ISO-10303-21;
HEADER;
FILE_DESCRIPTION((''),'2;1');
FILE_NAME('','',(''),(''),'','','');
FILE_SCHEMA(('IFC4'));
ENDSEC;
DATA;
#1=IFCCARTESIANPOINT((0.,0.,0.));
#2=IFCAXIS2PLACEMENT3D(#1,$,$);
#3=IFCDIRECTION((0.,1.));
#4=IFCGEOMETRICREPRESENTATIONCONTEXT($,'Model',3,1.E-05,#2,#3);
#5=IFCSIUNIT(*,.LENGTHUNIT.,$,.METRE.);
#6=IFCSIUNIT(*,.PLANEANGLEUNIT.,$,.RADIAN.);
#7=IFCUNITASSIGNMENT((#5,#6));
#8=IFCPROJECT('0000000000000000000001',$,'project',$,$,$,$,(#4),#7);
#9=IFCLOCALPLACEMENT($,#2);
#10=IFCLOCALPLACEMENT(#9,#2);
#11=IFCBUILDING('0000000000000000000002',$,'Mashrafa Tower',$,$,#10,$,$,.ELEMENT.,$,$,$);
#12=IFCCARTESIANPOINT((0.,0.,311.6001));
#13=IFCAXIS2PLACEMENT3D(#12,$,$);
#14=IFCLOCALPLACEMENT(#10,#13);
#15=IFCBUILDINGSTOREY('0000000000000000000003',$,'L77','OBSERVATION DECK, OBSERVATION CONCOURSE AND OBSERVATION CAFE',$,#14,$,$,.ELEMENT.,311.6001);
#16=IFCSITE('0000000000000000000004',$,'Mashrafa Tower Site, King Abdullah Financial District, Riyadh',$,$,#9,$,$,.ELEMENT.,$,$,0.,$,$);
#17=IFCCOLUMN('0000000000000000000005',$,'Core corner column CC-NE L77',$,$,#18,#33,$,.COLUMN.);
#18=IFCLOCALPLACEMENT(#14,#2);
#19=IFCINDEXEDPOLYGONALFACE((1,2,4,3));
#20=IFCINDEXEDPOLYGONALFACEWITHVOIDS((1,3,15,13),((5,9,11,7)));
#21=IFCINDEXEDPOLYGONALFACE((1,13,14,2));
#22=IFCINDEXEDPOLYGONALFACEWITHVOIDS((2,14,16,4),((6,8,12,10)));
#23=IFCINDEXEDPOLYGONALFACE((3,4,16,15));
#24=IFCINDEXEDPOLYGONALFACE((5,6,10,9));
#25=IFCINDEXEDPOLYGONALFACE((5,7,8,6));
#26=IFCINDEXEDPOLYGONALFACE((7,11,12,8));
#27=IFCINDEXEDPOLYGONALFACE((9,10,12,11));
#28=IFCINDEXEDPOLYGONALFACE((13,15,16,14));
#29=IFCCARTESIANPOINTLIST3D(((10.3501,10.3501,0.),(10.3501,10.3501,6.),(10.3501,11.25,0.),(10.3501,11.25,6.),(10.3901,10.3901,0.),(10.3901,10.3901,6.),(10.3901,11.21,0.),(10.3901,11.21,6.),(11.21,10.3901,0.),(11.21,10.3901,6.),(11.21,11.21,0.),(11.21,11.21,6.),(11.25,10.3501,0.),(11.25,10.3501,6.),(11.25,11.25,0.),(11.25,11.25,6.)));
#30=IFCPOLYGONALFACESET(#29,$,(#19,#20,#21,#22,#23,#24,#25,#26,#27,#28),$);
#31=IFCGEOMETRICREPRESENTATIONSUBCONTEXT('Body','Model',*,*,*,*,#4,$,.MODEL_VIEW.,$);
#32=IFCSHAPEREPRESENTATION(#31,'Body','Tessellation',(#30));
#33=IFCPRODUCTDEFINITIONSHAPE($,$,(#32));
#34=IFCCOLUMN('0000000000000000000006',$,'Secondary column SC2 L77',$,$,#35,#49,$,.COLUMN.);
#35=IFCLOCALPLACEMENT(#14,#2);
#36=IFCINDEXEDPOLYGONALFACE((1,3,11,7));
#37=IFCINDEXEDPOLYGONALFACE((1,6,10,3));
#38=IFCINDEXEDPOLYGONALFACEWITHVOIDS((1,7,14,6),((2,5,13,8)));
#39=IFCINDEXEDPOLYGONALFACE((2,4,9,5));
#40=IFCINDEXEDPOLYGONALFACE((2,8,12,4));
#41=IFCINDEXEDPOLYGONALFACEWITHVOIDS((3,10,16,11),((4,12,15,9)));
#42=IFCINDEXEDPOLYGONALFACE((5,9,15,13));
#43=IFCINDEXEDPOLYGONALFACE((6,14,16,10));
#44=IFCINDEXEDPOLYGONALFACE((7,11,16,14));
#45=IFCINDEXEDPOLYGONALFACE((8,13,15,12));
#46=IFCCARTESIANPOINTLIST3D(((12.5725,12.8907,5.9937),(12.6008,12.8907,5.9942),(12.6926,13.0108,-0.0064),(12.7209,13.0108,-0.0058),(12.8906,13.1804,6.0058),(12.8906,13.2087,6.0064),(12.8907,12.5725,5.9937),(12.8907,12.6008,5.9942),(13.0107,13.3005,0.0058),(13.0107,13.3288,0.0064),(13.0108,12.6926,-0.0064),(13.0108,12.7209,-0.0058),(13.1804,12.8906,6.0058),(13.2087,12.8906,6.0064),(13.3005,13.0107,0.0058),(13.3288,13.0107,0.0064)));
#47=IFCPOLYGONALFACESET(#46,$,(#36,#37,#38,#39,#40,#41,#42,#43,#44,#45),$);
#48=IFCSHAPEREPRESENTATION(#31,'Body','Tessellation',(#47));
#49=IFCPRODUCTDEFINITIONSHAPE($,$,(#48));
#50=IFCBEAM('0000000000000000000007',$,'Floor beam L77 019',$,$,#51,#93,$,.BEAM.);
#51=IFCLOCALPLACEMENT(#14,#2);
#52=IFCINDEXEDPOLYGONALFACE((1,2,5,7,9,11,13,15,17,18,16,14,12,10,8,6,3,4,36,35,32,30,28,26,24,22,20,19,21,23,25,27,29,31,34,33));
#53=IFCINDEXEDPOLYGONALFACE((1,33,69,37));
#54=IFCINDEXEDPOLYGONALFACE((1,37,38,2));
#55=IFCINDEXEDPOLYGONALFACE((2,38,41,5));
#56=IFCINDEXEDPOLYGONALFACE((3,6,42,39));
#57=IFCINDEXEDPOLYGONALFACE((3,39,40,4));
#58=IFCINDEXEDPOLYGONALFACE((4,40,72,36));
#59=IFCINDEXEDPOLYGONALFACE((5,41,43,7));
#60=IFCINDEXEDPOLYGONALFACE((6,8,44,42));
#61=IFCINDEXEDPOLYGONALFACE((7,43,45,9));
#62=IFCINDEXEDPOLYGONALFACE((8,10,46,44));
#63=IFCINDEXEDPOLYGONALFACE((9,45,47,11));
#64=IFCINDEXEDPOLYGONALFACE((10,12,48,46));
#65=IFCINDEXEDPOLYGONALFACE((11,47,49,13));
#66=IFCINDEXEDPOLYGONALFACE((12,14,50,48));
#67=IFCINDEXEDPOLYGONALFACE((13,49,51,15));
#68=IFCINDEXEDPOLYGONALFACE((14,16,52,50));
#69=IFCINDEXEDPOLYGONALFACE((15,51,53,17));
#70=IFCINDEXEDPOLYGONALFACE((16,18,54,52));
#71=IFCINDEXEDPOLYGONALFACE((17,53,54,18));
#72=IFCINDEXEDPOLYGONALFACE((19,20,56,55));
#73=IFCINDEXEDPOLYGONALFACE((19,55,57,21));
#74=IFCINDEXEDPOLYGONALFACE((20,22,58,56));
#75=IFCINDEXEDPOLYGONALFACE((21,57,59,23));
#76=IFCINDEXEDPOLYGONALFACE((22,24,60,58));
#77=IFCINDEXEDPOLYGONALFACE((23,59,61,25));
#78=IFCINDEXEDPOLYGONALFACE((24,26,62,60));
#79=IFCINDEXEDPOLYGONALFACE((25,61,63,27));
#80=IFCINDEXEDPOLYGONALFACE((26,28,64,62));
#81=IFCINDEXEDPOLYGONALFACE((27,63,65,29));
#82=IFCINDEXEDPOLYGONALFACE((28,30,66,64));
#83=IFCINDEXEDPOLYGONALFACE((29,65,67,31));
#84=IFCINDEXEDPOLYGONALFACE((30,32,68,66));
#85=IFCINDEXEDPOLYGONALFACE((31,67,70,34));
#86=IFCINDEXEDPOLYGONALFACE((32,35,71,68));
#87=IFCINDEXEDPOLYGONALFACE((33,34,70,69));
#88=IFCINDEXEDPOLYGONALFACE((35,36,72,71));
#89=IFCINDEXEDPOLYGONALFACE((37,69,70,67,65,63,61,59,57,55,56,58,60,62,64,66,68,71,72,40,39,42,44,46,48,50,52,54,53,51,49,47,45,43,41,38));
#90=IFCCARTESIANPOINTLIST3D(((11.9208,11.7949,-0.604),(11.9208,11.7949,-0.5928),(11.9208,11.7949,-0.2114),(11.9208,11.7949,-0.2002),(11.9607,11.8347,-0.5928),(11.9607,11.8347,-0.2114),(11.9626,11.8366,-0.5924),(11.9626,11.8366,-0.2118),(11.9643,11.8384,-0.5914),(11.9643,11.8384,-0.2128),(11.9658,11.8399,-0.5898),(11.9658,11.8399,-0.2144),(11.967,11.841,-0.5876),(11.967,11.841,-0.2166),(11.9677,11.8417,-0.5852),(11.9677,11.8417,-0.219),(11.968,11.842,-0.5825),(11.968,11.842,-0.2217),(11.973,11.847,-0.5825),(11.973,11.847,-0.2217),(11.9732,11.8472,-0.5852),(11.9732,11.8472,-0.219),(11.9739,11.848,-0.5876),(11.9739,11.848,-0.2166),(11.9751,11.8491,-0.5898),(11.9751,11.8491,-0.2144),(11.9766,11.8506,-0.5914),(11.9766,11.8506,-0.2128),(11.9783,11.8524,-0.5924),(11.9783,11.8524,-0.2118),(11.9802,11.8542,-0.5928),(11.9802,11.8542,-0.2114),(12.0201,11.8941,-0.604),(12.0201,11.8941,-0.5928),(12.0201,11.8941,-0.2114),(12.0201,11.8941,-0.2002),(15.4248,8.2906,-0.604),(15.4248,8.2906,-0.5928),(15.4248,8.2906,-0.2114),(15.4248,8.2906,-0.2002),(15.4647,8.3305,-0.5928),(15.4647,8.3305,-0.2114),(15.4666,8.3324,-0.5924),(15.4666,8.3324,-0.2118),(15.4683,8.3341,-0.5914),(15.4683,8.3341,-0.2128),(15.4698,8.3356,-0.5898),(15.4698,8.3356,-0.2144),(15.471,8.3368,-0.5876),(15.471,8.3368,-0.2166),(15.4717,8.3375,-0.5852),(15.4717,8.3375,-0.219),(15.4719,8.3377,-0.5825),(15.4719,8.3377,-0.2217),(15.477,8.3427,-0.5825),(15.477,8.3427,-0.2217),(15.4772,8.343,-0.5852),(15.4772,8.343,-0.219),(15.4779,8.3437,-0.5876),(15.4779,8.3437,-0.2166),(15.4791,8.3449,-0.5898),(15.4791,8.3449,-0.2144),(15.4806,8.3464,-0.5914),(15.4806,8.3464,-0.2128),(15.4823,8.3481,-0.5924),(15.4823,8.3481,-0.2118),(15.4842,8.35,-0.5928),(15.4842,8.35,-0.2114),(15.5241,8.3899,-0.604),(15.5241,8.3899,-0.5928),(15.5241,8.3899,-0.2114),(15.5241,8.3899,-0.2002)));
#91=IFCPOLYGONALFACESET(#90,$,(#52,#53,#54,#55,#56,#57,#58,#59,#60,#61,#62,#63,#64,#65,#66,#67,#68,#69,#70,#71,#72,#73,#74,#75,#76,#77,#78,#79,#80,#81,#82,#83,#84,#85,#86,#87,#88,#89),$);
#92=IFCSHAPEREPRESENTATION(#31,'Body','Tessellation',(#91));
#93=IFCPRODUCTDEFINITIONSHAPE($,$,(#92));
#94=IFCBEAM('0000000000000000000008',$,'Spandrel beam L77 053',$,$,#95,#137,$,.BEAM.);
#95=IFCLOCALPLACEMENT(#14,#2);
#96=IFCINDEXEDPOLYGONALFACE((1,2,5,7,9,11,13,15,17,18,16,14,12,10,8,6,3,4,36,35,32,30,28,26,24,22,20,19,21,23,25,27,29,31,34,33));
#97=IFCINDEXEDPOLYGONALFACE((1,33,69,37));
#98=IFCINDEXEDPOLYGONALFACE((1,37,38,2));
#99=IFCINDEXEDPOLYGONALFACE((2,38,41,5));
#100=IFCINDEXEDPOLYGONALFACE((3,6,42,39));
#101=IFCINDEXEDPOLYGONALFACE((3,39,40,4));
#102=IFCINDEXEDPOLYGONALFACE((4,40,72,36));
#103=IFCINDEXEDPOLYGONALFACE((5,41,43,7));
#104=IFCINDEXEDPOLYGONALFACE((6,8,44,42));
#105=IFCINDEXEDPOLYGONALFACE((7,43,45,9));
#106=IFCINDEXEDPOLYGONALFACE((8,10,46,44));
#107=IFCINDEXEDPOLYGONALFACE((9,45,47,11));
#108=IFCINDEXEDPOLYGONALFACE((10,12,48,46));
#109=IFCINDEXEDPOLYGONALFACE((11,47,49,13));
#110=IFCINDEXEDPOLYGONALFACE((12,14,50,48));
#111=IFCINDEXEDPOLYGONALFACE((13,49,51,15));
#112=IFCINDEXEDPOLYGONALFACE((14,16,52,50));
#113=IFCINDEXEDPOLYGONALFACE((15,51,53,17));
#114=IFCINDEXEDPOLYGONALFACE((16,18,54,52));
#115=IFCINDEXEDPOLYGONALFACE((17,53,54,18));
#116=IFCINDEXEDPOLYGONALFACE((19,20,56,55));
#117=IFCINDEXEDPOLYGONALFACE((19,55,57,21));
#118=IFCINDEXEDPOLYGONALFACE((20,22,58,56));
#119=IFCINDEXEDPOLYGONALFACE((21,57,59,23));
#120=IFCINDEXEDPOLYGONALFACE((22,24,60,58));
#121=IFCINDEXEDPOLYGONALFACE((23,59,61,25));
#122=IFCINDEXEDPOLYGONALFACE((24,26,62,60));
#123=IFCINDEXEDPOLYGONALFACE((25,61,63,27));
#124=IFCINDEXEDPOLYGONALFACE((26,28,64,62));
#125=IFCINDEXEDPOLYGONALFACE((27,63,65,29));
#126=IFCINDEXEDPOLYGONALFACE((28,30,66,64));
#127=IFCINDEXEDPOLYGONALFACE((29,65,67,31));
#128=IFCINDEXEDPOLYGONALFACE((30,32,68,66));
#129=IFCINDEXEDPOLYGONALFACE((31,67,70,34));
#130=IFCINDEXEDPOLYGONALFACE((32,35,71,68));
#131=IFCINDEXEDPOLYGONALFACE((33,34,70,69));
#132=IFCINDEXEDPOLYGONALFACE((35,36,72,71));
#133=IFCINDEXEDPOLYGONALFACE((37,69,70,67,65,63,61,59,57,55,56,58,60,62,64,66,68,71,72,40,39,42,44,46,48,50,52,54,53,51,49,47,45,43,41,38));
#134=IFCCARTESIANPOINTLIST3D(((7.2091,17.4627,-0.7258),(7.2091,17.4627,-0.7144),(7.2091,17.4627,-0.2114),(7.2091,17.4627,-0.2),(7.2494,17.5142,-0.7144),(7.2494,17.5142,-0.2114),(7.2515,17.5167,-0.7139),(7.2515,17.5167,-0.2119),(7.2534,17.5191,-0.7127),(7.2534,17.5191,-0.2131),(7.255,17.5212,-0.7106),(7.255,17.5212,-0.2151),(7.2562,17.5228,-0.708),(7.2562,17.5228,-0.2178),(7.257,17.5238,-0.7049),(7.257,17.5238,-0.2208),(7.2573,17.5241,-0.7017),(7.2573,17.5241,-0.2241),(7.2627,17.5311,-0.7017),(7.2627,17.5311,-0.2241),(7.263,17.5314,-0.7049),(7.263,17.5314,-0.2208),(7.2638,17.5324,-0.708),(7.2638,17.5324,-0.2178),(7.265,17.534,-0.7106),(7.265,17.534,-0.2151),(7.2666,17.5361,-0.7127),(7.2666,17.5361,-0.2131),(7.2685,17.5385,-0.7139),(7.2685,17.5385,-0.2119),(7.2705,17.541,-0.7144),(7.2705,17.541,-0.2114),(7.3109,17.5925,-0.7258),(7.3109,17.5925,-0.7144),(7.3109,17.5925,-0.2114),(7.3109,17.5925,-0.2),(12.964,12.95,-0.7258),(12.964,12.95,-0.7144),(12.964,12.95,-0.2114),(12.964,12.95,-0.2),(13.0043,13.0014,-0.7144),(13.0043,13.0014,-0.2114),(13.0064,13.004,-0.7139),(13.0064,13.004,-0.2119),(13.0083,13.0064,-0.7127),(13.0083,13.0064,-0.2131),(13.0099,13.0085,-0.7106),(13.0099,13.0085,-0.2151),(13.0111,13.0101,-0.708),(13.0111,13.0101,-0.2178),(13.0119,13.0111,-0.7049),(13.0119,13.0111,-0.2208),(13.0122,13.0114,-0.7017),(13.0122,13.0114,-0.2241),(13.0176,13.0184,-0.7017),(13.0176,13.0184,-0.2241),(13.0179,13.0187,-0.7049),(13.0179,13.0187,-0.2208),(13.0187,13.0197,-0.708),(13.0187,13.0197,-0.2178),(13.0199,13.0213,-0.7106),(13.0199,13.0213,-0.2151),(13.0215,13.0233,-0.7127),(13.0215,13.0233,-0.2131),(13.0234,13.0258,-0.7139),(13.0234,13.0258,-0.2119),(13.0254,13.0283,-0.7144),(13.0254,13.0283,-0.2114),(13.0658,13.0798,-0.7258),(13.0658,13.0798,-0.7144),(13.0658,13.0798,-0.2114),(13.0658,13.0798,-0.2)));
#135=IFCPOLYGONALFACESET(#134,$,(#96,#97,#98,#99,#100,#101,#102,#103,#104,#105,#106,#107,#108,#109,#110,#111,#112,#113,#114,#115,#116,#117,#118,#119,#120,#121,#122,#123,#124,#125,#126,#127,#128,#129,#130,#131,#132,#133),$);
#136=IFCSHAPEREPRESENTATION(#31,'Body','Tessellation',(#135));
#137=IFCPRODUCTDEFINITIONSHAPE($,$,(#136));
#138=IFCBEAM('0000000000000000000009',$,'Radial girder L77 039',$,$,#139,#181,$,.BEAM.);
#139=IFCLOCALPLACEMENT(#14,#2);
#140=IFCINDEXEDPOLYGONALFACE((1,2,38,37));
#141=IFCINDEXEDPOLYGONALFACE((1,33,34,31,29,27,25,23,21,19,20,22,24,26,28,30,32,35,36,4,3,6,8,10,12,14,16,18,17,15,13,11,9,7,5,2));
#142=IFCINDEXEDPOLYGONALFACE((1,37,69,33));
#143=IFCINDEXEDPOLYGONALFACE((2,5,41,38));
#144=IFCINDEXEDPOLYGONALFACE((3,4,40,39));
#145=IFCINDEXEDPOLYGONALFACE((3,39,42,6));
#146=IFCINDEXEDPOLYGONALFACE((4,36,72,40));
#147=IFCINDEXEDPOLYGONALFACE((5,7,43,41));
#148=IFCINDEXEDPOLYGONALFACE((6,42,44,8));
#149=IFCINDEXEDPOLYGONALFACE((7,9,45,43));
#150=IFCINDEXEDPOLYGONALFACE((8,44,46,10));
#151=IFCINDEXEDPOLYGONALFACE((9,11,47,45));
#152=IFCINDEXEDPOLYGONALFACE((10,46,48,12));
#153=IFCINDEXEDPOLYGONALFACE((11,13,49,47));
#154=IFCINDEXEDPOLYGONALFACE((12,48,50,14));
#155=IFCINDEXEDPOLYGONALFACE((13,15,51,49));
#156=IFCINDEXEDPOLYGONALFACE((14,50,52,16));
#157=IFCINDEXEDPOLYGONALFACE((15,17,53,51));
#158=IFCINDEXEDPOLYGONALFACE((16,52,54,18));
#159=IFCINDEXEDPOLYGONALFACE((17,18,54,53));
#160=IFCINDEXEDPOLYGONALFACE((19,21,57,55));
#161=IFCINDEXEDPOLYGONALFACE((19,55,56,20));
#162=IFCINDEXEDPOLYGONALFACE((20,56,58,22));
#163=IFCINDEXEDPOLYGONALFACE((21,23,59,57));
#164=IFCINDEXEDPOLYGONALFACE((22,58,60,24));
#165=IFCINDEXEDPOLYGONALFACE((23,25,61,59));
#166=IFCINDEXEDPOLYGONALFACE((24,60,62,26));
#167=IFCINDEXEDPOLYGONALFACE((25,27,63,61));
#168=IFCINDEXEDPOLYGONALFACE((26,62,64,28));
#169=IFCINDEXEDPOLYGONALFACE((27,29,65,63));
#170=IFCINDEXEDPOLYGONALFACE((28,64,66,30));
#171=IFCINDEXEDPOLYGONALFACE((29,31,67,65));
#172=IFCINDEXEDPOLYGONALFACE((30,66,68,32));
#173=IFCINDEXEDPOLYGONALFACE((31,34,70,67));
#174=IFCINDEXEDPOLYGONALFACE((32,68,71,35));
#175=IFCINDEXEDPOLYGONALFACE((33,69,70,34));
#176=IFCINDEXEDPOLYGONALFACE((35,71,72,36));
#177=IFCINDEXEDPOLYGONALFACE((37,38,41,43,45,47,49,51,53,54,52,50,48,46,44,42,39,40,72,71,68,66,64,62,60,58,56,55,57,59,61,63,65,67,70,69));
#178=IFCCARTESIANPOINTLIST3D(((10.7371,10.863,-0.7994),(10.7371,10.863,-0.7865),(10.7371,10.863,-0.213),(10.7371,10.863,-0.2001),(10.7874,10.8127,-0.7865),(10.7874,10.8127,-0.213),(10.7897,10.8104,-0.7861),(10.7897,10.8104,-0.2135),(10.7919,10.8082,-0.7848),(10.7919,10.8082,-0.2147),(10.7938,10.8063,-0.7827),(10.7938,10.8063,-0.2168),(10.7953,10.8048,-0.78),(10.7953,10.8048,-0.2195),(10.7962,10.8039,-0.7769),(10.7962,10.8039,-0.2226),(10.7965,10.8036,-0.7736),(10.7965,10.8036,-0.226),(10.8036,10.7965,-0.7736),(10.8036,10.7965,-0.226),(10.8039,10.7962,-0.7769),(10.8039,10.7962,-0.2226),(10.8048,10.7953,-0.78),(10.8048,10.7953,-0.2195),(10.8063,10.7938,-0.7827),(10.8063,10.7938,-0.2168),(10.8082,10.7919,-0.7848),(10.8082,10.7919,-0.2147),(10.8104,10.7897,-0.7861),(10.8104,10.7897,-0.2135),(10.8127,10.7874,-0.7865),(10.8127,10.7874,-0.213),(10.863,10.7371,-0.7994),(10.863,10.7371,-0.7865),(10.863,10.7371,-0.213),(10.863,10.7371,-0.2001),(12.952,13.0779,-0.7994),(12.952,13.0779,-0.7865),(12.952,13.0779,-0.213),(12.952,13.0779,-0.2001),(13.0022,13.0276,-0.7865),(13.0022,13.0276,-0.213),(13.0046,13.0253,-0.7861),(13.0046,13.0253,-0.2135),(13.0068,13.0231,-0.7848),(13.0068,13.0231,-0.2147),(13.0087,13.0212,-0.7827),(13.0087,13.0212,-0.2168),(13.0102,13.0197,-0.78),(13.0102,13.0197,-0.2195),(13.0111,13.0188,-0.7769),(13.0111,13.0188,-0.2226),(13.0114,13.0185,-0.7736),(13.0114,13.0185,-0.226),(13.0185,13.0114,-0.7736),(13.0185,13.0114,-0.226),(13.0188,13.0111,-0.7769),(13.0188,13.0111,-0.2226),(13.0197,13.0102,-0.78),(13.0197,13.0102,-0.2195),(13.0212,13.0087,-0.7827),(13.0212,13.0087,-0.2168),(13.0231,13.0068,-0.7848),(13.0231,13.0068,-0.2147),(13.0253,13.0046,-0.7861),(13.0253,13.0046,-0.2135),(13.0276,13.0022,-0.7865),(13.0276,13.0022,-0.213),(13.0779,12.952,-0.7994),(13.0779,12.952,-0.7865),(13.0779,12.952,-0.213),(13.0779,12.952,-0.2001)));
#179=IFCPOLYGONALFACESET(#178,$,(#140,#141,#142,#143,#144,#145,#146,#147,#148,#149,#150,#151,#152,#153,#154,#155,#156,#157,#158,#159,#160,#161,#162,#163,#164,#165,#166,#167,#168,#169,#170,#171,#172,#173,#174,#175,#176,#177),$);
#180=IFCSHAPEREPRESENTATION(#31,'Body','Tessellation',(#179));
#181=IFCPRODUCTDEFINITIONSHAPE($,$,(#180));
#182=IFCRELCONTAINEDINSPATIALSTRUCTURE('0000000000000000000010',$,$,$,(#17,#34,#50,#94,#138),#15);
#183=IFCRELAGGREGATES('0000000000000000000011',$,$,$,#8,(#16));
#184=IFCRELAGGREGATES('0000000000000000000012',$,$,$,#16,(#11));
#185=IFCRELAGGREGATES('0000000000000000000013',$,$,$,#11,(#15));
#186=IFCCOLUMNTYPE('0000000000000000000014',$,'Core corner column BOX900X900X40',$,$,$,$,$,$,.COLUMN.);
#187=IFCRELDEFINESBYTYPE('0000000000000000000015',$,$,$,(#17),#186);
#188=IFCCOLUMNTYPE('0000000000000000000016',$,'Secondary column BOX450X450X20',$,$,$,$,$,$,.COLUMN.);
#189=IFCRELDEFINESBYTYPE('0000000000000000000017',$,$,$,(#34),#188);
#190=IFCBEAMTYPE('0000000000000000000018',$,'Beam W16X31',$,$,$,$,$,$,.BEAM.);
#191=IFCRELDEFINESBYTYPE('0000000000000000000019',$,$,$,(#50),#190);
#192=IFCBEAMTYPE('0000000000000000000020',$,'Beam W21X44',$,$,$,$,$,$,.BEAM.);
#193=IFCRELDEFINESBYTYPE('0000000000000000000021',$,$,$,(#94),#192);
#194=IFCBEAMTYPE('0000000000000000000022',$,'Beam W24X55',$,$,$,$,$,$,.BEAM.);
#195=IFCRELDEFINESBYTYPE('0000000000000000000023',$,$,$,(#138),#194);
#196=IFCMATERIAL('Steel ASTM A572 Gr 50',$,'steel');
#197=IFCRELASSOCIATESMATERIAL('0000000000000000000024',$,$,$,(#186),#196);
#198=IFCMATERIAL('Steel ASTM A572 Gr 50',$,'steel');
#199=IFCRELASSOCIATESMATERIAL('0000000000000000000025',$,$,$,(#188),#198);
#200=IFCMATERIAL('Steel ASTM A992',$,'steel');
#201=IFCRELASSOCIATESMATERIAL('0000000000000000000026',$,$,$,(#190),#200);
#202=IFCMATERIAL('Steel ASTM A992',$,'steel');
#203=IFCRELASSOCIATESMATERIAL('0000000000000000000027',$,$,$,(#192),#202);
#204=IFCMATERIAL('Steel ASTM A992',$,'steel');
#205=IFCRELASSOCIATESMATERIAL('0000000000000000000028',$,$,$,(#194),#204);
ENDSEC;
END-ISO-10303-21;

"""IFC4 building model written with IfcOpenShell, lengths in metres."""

from ifc_helpers import new_model, si_unit, direction, frame, origin, origin_2d, place, context, subcontext, project, spatial, hollow_rectangle, i_section, extrude, material, material_profile, profile_set, type_object, element, save


model = new_model("IFC4")

# Units and contexts
model_context = context("Model", 3, precision=1e-05, world=origin(), true_north=direction((0.0, 1.0)))
body_context = subcontext(model_context, "Body", "Model", "MODEL_VIEW")
ifc_project = project(units=[si_unit("LENGTHUNIT", "METRE"), si_unit("PLANEANGLEUNIT", "RADIAN")], contexts=[model_context])

# Site, building, storey
site_placement = place(None, origin())
site = spatial("IfcSite", under=ifc_project, at=site_placement, Name="Mashrafa Tower Site, King Abdullah Financial District, Riyadh", CompositionType="ELEMENT", RefElevation=0.0)
building_placement = place(site_placement, origin())
building = spatial("IfcBuilding", under=site, at=building_placement, Name="Mashrafa Tower", CompositionType="ELEMENT")
storey_placement = place(building_placement, frame((0.0, 0.0, 311.6001)))
storey = spatial("IfcBuildingStorey", under=building, at=storey_placement, Name="L77", Description="OBSERVATION DECK, OBSERVATION CONCOURSE AND OBSERVATION CAFE", CompositionType="ELEMENT", Elevation=311.6001)

# Columns
ifc_material_1 = material(Name="Steel ASTM A572 Gr 50", Category="steel")
ifc_material_profile_1 = material_profile(ifc_material_1, hollow_rectangle(XDim=0.8999, YDim=0.8999, WallThickness=0.04, at=origin_2d()), Name="BOX900X900X40")
ifc_profile_set_1 = profile_set([ifc_material_profile_1], Name="Steel ASTM A572 Gr 50")
column_type_1 = type_object("IfcColumnType", Name="Core corner column BOX900X900X40", PredefinedType="COLUMN", material=ifc_profile_set_1)
column_1_placement = place(storey_placement, frame((10.8, 10.8, 0.0), z_axis=(0.0, 0.0, 1.0), x_axis=(1.0, 0.0, 0.0)))
element("IfcColumn", 1, at=column_1_placement, inside=storey, type_object=column_type_1, Name="Core corner column CC-NE L77", PredefinedType="COLUMN", context=body_context, shape_type="SweptSolid", body=[
    extrude(hollow_rectangle(XDim=0.8999, YDim=0.8999, WallThickness=0.04, at=origin_2d()), origin(), (0.0, 0.0, 1.0), 6.0),
])
ifc_material_2 = material(Name="Steel ASTM A572 Gr 50", Category="steel")
ifc_material_profile_2 = material_profile(ifc_material_2, hollow_rectangle(XDim=0.45, YDim=0.45, WallThickness=0.02, at=origin_2d()), Name="BOX450X450X20")
ifc_profile_set_2 = profile_set([ifc_material_profile_2], Name="Steel ASTM A572 Gr 50")
column_type_2 = type_object("IfcColumnType", Name="Secondary column BOX450X450X20", PredefinedType="COLUMN", material=ifc_profile_set_2)
column_2_placement = place(storey_placement, frame((13.0107, 13.0107, 0.0), z_axis=(-0.020012, -0.020012, 0.999599), x_axis=(0.707107, -0.707107, 0.0)))
element("IfcColumn", 2, at=column_2_placement, inside=storey, type_object=column_type_2, Name="Secondary column SC2 L77", PredefinedType="COLUMN", context=body_context, shape_type="SweptSolid", body=[
    extrude(hollow_rectangle(XDim=0.45, YDim=0.45, WallThickness=0.02, at=origin_2d()), origin(), (0.0, 0.0, 1.0), 6.0024),
])

# Beams
ifc_material_3 = material(Name="Steel ASTM A992", Category="steel")
ifc_material_profile_3 = material_profile(ifc_material_3, i_section(OverallWidth=0.1404, OverallDepth=0.4038, WebThickness=0.0071, FlangeThickness=0.0112, FilletRadius=0.0103, at=origin_2d()), Name="W16X31")
ifc_profile_set_3 = profile_set([ifc_material_profile_3], Name="Steel ASTM A992")
beam_type_1 = type_object("IfcBeamType", Name="Beam W16X31", PredefinedType="BEAM", material=ifc_profile_set_3)
beam_1_placement = place(storey_placement, frame((11.9705, 11.8445, -0.4021), z_axis=(0.707082, -0.707131, 0.0), x_axis=(0.707131, 0.707082, 0.0)))
element("IfcBeam", 3, at=beam_1_placement, inside=storey, type_object=beam_type_1, Name="Floor beam L77 019", PredefinedType="BEAM", context=body_context, shape_type="SweptSolid", body=[
    extrude(i_section(OverallWidth=0.1404, OverallDepth=0.4038, WebThickness=0.0071, FlangeThickness=0.0112, FilletRadius=0.0103, at=origin_2d()), origin(), (0.0, 0.0, 1.0), 4.9556),
])
ifc_material_4 = material(Name="Steel ASTM A992", Category="steel")
ifc_material_profile_4 = material_profile(ifc_material_4, i_section(OverallWidth=0.165, OverallDepth=0.5259, WebThickness=0.0088, FlangeThickness=0.0115, FilletRadius=0.0127, at=origin_2d()), Name="W21X44")
ifc_profile_set_4 = profile_set([ifc_material_profile_4], Name="Steel ASTM A992")
beam_type_2 = type_object("IfcBeamType", Name="Beam W21X44", PredefinedType="BEAM", material=ifc_profile_set_4)
beam_2_placement = place(storey_placement, frame((13.0149, 13.0149, -0.4629), z_axis=(-0.786916, 0.61706, 0.0), x_axis=(-0.61706, -0.786916, 0.0)))
element("IfcBeam", 4, at=beam_2_placement, inside=storey, type_object=beam_type_2, Name="Spandrel beam L77 053", PredefinedType="BEAM", context=body_context, shape_type="SweptSolid", body=[
    extrude(i_section(OverallWidth=0.165, OverallDepth=0.5259, WebThickness=0.0088, FlangeThickness=0.0115, FilletRadius=0.0127, at=origin_2d()), origin(), (0.0, 0.0, 1.0), 7.3132),
])
ifc_material_5 = material(Name="Steel ASTM A992", Category="steel")
ifc_material_profile_5 = material_profile(ifc_material_5, i_section(OverallWidth=0.178, OverallDepth=0.5994, WebThickness=0.01, FlangeThickness=0.0129, FilletRadius=0.0129, at=origin_2d()), Name="W24X55")
ifc_profile_set_5 = profile_set([ifc_material_profile_5], Name="Steel ASTM A992")
beam_type_3 = type_object("IfcBeamType", Name="Beam W24X55", PredefinedType="BEAM", material=ifc_profile_set_5)
beam_3_placement = place(storey_placement, frame((10.8, 10.8, -0.4998), z_axis=(0.707107, 0.707107, 0.0), x_axis=(-0.707107, 0.707107, 0.0)))
element("IfcBeam", 5, at=beam_3_placement, inside=storey, type_object=beam_type_3, Name="Radial girder L77 039", PredefinedType="BEAM", context=body_context, shape_type="SweptSolid", body=[
    extrude(i_section(OverallWidth=0.178, OverallDepth=0.5994, WebThickness=0.01, FlangeThickness=0.0129, FilletRadius=0.0129, at=origin_2d()), origin(), (0.0, 0.0, 1.0), 3.1323),
])

save(model, "model.ifc")
